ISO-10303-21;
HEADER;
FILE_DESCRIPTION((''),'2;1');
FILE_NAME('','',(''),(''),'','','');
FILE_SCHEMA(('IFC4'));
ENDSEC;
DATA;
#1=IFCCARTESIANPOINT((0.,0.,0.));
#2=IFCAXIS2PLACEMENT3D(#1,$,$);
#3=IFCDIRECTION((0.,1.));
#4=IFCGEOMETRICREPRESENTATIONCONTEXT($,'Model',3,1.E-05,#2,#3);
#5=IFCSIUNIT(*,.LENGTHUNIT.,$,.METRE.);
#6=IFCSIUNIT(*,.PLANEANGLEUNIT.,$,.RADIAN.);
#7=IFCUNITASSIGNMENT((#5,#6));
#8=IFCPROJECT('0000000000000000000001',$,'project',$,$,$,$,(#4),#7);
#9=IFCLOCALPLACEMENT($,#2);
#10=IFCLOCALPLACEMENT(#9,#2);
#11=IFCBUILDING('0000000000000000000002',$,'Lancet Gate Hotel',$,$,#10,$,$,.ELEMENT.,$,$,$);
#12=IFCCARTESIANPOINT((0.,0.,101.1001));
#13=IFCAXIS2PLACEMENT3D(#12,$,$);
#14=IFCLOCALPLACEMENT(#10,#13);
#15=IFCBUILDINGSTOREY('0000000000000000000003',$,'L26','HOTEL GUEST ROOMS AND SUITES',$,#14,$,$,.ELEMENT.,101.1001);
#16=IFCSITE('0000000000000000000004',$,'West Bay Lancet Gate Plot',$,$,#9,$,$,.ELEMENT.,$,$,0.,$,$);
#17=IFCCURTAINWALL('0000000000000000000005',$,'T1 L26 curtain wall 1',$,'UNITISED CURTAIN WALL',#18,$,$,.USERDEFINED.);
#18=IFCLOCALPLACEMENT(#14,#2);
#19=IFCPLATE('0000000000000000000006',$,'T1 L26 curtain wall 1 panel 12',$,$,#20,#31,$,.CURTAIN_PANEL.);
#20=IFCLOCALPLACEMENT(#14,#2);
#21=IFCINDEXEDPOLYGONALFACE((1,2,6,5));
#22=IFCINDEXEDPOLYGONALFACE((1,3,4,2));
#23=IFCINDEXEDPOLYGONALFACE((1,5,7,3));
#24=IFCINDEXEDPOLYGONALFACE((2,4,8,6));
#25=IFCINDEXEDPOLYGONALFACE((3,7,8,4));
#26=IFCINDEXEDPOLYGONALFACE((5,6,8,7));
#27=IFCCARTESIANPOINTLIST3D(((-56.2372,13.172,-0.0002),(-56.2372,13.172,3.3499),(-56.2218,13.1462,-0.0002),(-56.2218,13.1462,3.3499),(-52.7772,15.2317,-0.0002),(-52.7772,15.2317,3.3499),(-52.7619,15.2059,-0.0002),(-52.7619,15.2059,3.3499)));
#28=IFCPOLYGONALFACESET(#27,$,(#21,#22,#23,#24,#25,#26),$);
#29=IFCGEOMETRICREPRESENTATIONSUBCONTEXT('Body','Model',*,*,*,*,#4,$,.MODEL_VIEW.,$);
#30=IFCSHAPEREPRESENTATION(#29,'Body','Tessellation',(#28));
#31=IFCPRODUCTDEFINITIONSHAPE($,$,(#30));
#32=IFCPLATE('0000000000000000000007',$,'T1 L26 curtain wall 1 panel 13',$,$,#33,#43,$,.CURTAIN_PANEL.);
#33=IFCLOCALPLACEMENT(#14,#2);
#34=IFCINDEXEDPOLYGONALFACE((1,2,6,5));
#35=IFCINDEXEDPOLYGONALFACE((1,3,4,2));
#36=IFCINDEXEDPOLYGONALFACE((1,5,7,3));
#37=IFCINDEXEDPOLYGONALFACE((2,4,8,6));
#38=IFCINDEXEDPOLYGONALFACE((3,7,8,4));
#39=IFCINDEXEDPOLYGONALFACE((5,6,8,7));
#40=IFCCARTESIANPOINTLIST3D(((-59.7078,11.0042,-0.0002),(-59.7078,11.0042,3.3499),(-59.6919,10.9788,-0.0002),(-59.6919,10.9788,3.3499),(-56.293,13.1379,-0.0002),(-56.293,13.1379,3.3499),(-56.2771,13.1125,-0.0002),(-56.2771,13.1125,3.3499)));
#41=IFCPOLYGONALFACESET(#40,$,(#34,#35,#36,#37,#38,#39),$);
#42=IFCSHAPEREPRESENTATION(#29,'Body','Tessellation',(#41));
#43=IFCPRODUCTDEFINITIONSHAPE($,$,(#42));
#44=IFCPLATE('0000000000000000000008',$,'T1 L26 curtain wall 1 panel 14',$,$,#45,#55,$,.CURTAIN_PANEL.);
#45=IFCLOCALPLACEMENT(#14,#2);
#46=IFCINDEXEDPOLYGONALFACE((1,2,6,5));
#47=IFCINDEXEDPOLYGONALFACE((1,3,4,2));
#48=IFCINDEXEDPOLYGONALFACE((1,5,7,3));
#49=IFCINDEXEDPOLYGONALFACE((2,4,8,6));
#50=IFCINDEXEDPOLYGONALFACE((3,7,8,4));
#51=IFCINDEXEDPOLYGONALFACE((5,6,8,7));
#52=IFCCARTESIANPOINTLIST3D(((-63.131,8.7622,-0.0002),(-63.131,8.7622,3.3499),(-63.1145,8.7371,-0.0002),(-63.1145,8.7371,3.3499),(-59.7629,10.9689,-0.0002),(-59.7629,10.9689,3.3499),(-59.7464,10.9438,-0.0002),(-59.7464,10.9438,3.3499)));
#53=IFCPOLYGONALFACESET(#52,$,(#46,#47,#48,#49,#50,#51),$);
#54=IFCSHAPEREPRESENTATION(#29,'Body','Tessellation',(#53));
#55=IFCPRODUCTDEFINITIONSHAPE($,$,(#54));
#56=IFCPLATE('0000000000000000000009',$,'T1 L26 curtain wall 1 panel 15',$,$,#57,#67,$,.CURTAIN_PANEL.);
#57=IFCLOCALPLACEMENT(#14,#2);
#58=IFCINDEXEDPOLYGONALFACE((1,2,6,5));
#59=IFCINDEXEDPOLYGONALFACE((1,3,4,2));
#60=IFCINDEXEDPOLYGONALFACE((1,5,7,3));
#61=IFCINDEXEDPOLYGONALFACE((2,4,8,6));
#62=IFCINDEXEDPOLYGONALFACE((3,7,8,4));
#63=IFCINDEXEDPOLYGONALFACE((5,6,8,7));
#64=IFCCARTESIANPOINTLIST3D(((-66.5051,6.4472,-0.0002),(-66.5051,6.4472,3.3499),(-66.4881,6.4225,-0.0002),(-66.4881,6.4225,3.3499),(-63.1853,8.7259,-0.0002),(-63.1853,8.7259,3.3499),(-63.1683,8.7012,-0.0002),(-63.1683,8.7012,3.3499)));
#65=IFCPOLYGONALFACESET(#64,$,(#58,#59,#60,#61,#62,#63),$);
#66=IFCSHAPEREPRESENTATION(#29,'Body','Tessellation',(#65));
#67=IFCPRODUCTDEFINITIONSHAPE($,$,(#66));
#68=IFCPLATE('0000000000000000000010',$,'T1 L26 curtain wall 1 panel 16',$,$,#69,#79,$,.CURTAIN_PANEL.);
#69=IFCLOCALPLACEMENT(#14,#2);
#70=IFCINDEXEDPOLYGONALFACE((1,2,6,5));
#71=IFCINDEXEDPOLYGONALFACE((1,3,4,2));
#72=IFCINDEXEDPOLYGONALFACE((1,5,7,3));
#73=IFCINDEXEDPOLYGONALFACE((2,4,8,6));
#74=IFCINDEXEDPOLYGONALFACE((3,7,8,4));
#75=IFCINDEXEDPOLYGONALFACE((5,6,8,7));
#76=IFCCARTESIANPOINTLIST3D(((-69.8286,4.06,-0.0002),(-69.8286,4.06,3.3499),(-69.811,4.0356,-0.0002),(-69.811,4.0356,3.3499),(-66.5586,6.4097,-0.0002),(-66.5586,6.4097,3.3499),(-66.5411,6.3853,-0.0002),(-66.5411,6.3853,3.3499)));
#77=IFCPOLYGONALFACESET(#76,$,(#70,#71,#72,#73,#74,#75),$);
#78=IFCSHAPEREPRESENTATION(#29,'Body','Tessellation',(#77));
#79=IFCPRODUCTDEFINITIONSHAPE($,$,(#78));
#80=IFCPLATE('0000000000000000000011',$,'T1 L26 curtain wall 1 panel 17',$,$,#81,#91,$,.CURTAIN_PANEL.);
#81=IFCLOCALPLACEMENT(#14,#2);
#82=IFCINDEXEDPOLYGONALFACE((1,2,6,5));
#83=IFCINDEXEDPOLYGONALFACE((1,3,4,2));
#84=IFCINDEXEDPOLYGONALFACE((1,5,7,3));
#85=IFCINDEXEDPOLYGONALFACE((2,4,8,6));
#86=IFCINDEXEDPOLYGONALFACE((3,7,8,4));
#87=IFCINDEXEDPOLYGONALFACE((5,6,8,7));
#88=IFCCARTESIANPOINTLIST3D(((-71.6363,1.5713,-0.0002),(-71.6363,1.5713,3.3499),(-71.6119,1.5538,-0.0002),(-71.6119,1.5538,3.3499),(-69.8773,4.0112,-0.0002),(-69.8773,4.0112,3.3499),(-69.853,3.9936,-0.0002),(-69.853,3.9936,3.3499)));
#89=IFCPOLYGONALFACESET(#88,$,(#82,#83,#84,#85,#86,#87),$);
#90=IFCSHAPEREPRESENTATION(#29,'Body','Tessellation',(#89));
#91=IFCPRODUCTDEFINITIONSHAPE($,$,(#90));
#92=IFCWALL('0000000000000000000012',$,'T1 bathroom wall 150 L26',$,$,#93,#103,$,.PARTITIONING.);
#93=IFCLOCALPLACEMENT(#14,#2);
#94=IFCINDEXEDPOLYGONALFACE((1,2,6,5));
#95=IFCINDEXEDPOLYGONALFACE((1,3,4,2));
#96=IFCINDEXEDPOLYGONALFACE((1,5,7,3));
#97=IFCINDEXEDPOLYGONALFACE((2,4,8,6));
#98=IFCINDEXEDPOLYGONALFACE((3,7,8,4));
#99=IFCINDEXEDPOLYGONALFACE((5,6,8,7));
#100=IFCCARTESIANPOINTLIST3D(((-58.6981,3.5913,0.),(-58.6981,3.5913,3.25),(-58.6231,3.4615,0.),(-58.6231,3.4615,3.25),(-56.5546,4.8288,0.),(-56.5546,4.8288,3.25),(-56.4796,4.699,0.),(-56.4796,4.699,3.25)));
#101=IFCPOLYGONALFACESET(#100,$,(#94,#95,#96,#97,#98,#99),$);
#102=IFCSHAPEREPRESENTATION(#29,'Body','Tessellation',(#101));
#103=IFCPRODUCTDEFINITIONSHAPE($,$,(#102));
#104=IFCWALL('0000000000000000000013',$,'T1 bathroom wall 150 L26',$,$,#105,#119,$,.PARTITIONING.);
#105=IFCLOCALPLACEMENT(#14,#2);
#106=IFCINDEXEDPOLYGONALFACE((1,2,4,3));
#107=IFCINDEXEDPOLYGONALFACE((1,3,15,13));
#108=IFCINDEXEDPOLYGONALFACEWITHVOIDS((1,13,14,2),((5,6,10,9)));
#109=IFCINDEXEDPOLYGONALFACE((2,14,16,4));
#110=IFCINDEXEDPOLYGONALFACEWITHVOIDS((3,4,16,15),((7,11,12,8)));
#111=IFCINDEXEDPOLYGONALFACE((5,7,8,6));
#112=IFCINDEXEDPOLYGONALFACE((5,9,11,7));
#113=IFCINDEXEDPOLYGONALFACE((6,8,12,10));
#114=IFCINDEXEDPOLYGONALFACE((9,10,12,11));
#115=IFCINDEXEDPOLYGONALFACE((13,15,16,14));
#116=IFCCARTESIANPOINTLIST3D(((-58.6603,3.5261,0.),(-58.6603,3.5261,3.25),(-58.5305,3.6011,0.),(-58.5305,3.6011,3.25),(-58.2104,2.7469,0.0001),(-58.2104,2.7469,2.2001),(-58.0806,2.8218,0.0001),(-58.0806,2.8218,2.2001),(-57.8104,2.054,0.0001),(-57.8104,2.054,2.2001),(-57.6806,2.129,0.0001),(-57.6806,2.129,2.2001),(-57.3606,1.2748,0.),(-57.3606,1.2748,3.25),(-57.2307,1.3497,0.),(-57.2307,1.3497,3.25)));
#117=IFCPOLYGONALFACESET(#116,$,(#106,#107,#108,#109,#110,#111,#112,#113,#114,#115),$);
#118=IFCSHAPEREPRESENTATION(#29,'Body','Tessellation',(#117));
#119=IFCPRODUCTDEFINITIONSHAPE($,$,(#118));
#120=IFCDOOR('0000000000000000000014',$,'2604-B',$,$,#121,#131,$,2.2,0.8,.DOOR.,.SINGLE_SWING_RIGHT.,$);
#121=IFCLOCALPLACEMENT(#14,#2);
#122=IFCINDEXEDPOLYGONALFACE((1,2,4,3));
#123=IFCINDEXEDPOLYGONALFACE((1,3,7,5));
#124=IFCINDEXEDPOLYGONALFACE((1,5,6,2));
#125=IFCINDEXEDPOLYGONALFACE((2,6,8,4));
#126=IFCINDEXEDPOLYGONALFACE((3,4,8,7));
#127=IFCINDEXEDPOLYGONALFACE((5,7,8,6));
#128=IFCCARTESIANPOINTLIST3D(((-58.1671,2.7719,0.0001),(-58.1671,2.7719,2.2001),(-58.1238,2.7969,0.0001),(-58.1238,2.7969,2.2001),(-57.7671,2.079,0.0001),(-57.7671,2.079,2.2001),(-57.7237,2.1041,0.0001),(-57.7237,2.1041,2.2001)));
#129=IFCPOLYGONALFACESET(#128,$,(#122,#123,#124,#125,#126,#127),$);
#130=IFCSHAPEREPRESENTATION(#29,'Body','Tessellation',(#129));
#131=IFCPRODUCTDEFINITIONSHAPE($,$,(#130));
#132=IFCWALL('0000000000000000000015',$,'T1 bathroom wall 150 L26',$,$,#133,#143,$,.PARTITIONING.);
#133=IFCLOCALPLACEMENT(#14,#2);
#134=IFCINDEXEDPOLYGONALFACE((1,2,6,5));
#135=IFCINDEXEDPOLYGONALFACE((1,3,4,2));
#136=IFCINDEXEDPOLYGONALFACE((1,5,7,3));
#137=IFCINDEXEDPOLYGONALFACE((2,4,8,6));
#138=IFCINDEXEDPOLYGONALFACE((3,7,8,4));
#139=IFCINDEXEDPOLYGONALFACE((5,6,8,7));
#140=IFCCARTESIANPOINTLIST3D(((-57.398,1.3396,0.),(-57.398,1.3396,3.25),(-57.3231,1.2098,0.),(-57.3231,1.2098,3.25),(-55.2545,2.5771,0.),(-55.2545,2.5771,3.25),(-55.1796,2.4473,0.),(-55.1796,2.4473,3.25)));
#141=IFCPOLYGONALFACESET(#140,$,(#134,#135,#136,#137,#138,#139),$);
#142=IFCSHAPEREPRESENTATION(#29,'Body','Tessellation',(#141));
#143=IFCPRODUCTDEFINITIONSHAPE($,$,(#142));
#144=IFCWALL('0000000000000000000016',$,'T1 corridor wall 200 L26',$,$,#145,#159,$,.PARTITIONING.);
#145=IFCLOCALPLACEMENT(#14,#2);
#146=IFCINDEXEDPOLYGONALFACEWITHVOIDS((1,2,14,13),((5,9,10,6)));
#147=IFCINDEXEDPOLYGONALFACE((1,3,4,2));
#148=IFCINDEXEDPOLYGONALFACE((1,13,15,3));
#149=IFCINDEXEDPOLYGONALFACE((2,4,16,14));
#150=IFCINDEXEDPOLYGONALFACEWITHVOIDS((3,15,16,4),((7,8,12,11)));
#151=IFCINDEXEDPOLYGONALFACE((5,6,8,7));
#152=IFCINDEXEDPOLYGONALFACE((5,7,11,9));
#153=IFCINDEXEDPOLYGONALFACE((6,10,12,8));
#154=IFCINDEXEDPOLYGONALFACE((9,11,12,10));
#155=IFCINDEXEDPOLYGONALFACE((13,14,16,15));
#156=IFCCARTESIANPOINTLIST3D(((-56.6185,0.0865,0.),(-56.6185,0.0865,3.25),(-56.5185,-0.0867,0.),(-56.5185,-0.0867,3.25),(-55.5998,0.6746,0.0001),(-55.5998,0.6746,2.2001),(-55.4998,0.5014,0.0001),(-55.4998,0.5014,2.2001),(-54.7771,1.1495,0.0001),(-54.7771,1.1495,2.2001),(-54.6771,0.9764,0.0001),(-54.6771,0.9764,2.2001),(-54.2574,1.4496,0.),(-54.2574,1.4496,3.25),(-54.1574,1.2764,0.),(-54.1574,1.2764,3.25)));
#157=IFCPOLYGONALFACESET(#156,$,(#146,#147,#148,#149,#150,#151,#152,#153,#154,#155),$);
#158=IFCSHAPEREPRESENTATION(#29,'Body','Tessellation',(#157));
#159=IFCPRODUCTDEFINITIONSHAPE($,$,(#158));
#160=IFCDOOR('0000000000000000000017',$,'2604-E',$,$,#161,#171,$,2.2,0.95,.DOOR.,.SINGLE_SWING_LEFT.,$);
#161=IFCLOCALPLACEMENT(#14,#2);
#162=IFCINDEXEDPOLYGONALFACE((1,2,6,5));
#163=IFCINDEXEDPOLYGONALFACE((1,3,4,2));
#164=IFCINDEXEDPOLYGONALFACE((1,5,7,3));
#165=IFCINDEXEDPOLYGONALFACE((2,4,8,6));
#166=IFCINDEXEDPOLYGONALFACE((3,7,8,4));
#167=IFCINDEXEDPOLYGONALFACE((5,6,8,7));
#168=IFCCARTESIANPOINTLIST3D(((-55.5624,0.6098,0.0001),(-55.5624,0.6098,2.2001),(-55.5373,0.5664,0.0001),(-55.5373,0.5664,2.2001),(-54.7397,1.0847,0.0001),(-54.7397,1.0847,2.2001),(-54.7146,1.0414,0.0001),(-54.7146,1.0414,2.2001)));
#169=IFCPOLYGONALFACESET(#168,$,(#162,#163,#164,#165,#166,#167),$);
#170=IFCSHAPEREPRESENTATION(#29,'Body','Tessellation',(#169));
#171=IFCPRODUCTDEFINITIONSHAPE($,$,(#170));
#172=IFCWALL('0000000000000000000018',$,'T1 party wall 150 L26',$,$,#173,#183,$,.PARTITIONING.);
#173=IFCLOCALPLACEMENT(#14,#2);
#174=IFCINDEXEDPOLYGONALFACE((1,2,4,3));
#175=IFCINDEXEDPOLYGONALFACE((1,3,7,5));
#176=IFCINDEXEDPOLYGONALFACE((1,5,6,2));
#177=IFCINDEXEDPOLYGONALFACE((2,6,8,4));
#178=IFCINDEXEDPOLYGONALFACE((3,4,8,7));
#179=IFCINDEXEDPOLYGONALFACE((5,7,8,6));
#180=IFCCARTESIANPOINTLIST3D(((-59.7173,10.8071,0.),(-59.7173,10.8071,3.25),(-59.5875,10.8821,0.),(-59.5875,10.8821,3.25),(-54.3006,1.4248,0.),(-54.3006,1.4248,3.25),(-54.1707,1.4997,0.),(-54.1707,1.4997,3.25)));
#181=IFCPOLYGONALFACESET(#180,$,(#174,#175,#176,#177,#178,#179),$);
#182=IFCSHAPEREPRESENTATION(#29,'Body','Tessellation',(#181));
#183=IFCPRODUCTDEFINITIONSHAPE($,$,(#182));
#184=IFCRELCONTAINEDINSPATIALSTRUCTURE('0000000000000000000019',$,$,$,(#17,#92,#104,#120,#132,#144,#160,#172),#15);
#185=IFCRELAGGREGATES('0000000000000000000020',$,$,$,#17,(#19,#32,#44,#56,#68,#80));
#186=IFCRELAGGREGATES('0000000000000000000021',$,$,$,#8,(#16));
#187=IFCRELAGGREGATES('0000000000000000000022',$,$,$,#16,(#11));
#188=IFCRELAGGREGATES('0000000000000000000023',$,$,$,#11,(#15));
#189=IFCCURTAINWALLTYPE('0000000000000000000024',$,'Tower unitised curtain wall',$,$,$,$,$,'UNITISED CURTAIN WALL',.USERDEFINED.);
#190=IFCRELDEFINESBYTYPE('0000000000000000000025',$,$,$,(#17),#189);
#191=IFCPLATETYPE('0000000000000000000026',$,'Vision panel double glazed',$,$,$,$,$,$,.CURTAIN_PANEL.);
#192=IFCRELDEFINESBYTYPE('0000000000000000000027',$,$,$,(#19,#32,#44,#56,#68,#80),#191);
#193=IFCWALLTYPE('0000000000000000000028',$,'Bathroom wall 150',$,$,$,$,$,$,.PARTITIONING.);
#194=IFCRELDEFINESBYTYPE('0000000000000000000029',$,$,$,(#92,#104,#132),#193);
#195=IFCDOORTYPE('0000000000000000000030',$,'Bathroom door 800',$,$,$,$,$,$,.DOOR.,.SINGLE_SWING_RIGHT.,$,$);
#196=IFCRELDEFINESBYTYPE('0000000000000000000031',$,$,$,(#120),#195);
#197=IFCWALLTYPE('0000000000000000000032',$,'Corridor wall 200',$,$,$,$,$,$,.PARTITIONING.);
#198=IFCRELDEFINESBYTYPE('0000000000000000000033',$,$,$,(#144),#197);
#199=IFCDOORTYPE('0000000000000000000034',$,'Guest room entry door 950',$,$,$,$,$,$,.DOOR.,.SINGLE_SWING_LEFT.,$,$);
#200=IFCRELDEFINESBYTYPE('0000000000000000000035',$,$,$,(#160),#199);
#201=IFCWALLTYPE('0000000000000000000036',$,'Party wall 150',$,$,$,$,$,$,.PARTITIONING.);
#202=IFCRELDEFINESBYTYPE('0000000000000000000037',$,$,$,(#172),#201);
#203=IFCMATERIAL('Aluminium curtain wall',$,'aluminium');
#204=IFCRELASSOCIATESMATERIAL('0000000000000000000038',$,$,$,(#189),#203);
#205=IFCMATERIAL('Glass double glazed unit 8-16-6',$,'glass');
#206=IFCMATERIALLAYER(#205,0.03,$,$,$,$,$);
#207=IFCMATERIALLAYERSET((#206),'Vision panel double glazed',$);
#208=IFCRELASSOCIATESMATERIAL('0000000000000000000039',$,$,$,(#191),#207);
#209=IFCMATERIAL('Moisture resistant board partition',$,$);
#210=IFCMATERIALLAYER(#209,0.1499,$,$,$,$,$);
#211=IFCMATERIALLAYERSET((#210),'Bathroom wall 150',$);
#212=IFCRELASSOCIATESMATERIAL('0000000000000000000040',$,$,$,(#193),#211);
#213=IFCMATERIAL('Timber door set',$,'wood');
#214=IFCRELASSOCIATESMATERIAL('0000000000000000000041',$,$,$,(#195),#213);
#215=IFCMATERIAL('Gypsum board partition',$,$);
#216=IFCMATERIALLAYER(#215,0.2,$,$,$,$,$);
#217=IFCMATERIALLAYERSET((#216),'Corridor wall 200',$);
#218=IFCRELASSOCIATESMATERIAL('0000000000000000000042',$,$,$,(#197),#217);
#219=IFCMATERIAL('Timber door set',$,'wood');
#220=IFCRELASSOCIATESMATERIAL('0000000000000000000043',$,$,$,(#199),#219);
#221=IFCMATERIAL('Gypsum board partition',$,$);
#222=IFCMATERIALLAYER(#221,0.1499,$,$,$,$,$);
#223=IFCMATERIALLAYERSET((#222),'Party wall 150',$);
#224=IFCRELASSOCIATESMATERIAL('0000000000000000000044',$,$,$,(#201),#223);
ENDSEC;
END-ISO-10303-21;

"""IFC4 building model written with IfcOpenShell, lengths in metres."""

from ifc_helpers import new_model, si_unit, direction, frame, frame_2d, origin, origin_2d, place, context, subcontext, project, spatial, rectangle, extrude, material, layer, layer_set, type_object, element, fill, aggregate, save


model = new_model("IFC4")

# Units and contexts
model_context = context("Model", 3, precision=1e-05, world=origin(), true_north=direction((0.0, 1.0)))
body_context = subcontext(model_context, "Body", "Model", "MODEL_VIEW")
ifc_project = project(units=[si_unit("LENGTHUNIT", "METRE"), si_unit("PLANEANGLEUNIT", "RADIAN")], contexts=[model_context])

# Site, building, storey
site_placement = place(None, origin())
site = spatial("IfcSite", under=ifc_project, at=site_placement, Name="West Bay Lancet Gate Plot", CompositionType="ELEMENT", RefElevation=0.0)
building_placement = place(site_placement, origin())
building = spatial("IfcBuilding", under=site, at=building_placement, Name="Lancet Gate Hotel", CompositionType="ELEMENT")
storey_placement = place(building_placement, frame((0.0, 0.0, 101.1001)))
storey = spatial("IfcBuildingStorey", under=building, at=storey_placement, Name="L26", Description="HOTEL GUEST ROOMS AND SUITES", CompositionType="ELEMENT", Elevation=101.1001)

# Curtain wall
ifc_material_1 = material(Name="Aluminium curtain wall", Category="aluminium")
curtain_wall_type = type_object("IfcCurtainWallType", Name="Tower unitised curtain wall", ElementType="UNITISED CURTAIN WALL", PredefinedType="USERDEFINED", material=ifc_material_1)
curtain_wall_placement = place(storey_placement, origin())
curtain_wall = element("IfcCurtainWall", 1, at=curtain_wall_placement, inside=storey, type_object=curtain_wall_type, Name="T1 L26 curtain wall 1", ObjectType="UNITISED CURTAIN WALL", PredefinedType="USERDEFINED")

# Plates
ifc_material_2 = material(Name="Glass double glazed unit 8-16-6", Category="glass")
ifc_layer_1 = layer(ifc_material_2, 0.03)
ifc_layer_set_1 = layer_set([ifc_layer_1], Name="Vision panel double glazed")
plate_type = type_object("IfcPlateType", Name="Vision panel double glazed", PredefinedType="CURTAIN_PANEL", material=ifc_layer_set_1)
plate_1_placement = place(storey_placement, frame((-54.4995, 14.189, -0.0002), z_axis=(0.0, 0.0, 1.0), x_axis=(-0.859271, -0.51152, 0.0)))
plate_1 = element("IfcPlate", 2, at=plate_1_placement, type_object=plate_type, Name="T1 L26 curtain wall 1 panel 12", PredefinedType="CURTAIN_PANEL", context=body_context, shape_type="SweptSolid", body=[
    extrude(rectangle(XDim=4.0266, YDim=0.03, at=origin_2d()), origin(), (0.0, 0.0, 1.0), 3.3501),
])
plate_2_placement = place(storey_placement, frame((-57.9924, 12.0583, -0.0002), z_axis=(0.0, 0.0, 1.0), x_axis=(-0.848061, -0.529899, 0.0)))
plate_2 = element("IfcPlate", 3, at=plate_2_placement, type_object=plate_type, Name="T1 L26 curtain wall 1 panel 13", PredefinedType="CURTAIN_PANEL", context=body_context, shape_type="SweptSolid", body=[
    extrude(rectangle(XDim=4.0266, YDim=0.03, at=origin_2d()), origin(), (0.0, 0.0, 1.0), 3.3501),
])
plate_3_placement = place(storey_placement, frame((-61.4387, 9.853, -0.0002), z_axis=(0.0, 0.0, 1.0), x_axis=(-0.836458, -0.548032, 0.0)))
plate_3 = element("IfcPlate", 4, at=plate_3_placement, type_object=plate_type, Name="T1 L26 curtain wall 1 panel 14", PredefinedType="CURTAIN_PANEL", context=body_context, shape_type="SweptSolid", body=[
    extrude(rectangle(XDim=4.0266, YDim=0.03, at=origin_2d()), origin(), (0.0, 0.0, 1.0), 3.3501),
])
plate_4_placement = place(storey_placement, frame((-64.8367, 7.5742, -0.0002), z_axis=(0.0, 0.0, 1.0), x_axis=(-0.824466, -0.565911, 0.0)))
plate_4 = element("IfcPlate", 5, at=plate_4_placement, type_object=plate_type, Name="T1 L26 curtain wall 1 panel 15", PredefinedType="CURTAIN_PANEL", context=body_context, shape_type="SweptSolid", body=[
    extrude(rectangle(XDim=4.0266, YDim=0.03, at=origin_2d()), origin(), (0.0, 0.0, 1.0), 3.3501),
])
plate_5_placement = place(storey_placement, frame((-68.1848, 5.2227, -0.0002), z_axis=(0.0, 0.0, 1.0), x_axis=(-0.812093, -0.583528, 0.0)))
plate_5 = element("IfcPlate", 6, at=plate_5_placement, type_object=plate_type, Name="T1 L26 curtain wall 1 panel 16", PredefinedType="CURTAIN_PANEL", context=body_context, shape_type="SweptSolid", body=[
    extrude(rectangle(XDim=4.0266, YDim=0.03, at=origin_2d()), origin(), (0.0, 0.0, 1.0), 3.3501),
])
plate_6_placement = place(storey_placement, frame((-70.7446, 2.7825, -0.0002), z_axis=(0.0, 0.0, 1.0), x_axis=(-0.584809, -0.811171, 0.0)))
plate_6 = element("IfcPlate", 7, at=plate_6_placement, type_object=plate_type, Name="T1 L26 curtain wall 1 panel 17", PredefinedType="CURTAIN_PANEL", context=body_context, shape_type="SweptSolid", body=[
    extrude(rectangle(XDim=3.0078, YDim=0.03, at=origin_2d()), origin(), (0.0, 0.0, 1.0), 3.3501),
])
aggregate(curtain_wall, [plate_1, plate_2, plate_3, plate_4, plate_5, plate_6])

# Wall
ifc_material_3 = material(Name="Moisture resistant board partition")
ifc_layer_2 = layer(ifc_material_3, 0.1499)
ifc_layer_set_2 = layer_set([ifc_layer_2], Name="Bathroom wall 150")
wall_type_1 = type_object("IfcWallType", Name="Bathroom wall 150", PredefinedType="PARTITIONING", material=ifc_layer_set_2)
wall_1_placement = place(storey_placement, frame((-56.5171, 4.7639, 0.0), z_axis=(0.0, 0.0, 1.0), x_axis=(-0.866031, -0.49999, 0.0)))
element("IfcWall", 8, at=wall_1_placement, inside=storey, type_object=wall_type_1, Name="T1 bathroom wall 150 L26", PredefinedType="PARTITIONING", context=body_context, shape_type="SweptSolid", body=[
    extrude(rectangle(XDim=2.4751, YDim=0.1499, at=frame_2d((1.2375, 0.0))), origin(), (0.0, 0.0, 1.0), 3.25),
])

# Wall, opening, door
wall_2_placement = place(storey_placement, frame((-57.2957, 1.3123, 0.0), z_axis=(0.0, 0.0, 1.0), x_axis=(-0.499977, 0.866039, 0.0)))
wall_2 = element("IfcWall", 9, at=wall_2_placement, inside=storey, type_object=wall_type_1, Name="T1 bathroom wall 150 L26", PredefinedType="PARTITIONING", context=body_context, shape_type="SweptSolid", body=[
    extrude(rectangle(XDim=2.5996, YDim=0.1499, at=frame_2d((1.2998, 0.0))), origin(), (0.0, 0.0, 1.0), 3.25),
])
opening_1_placement = place(wall_2_placement, frame((0.8999, 0.0, 0.0)))
opening_1 = element("IfcOpeningElement", 10, at=opening_1_placement, cuts=wall_2, PredefinedType="OPENING", context=body_context, shape_type="SweptSolid", body=[
    extrude(rectangle(XDim=0.8, YDim=2.2, at=frame_2d((0.3999, 1.1001))), frame((0.0, 0.085, 0.0), z_axis=(0.0, -1.0, 0.0), x_axis=(1.0, 0.0, 0.0)), (0.0, 0.0, 1.0), 0.1699),
])
ifc_material_4 = material(Name="Timber door set", Category="wood")
door_type_1 = type_object("IfcDoorType", Name="Bathroom door 800", OperationType="SINGLE_SWING_RIGHT", PredefinedType="DOOR", material=ifc_material_4)
door_1_placement = place(opening_1_placement, origin())
door_1 = element("IfcDoor", 11, at=door_1_placement, inside=storey, type_object=door_type_1, Name="2604-B", OperationType="SINGLE_SWING_RIGHT", OverallHeight=2.2, OverallWidth=0.8, PredefinedType="DOOR", context=body_context, shape_type="SweptSolid", body=[
    extrude(rectangle(XDim=0.8, YDim=2.2, at=frame_2d((0.3999, 1.1001))), frame((0.0, 0.0249, 0.0), z_axis=(0.0, -1.0, 0.0), x_axis=(1.0, 0.0, 0.0)), (0.0, 0.0, 1.0), 0.05),
])
fill(opening_1, door_1)

# Wall
wall_3_placement = place(storey_placement, frame((-55.217, 2.5122, 0.0), z_axis=(0.0, 0.0, 1.0), x_axis=(-0.866031, -0.49999, 0.0)))
element("IfcWall", 12, at=wall_3_placement, inside=storey, type_object=wall_type_1, Name="T1 bathroom wall 150 L26", PredefinedType="PARTITIONING", context=body_context, shape_type="SweptSolid", body=[
    extrude(rectangle(XDim=2.4751, YDim=0.1499, at=frame_2d((1.2375, 0.0))), origin(), (0.0, 0.0, 1.0), 3.25),
])

# Wall, opening, door
ifc_material_5 = material(Name="Gypsum board partition")
ifc_layer_3 = layer(ifc_material_5, 0.2)
ifc_layer_set_3 = layer_set([ifc_layer_3], Name="Corridor wall 200")
wall_type_2 = type_object("IfcWallType", Name="Corridor wall 200", PredefinedType="PARTITIONING", material=ifc_layer_set_3)
wall_4_placement = place(storey_placement, frame((-54.2073, 1.363, 0.0), z_axis=(0.0, 0.0, 1.0), x_axis=(-0.866047, -0.499963, 0.0)))
wall_4 = element("IfcWall", 13, at=wall_4_placement, inside=storey, type_object=wall_type_2, Name="T1 corridor wall 200 L26", PredefinedType="PARTITIONING", context=body_context, shape_type="SweptSolid", body=[
    extrude(rectangle(XDim=2.7263, YDim=0.2, at=frame_2d((1.3633, 0.0))), origin(), (0.0, 0.0, 1.0), 3.25),
])
opening_2_placement = place(wall_4_placement, frame((0.6001, 0.0, 0.0)))
opening_2 = element("IfcOpeningElement", 14, at=opening_2_placement, cuts=wall_4, PredefinedType="OPENING", context=body_context, shape_type="SweptSolid", body=[
    extrude(rectangle(XDim=0.95, YDim=2.2, at=frame_2d((0.4751, 1.1001))), frame((0.0, 0.1099, 0.0), z_axis=(0.0, -1.0, 0.0), x_axis=(1.0, 0.0, 0.0)), (0.0, 0.0, 1.0), 0.22),
])
ifc_material_6 = material(Name="Timber door set", Category="wood")
door_type_2 = type_object("IfcDoorType", Name="Guest room entry door 950", OperationType="SINGLE_SWING_LEFT", PredefinedType="DOOR", material=ifc_material_6)
door_2_placement = place(opening_2_placement, origin())
door_2 = element("IfcDoor", 15, at=door_2_placement, inside=storey, type_object=door_type_2, Name="2604-E", OperationType="SINGLE_SWING_LEFT", OverallHeight=2.2, OverallWidth=0.95, PredefinedType="DOOR", context=body_context, shape_type="SweptSolid", body=[
    extrude(rectangle(XDim=0.95, YDim=2.2, at=frame_2d((0.4751, 1.1001))), frame((0.0, 0.0249, 0.0), z_axis=(0.0, -1.0, 0.0), x_axis=(1.0, 0.0, 0.0)), (0.0, 0.0, 1.0), 0.05),
])
fill(opening_2, door_2)

# Wall
ifc_material_7 = material(Name="Gypsum board partition")
ifc_layer_4 = layer(ifc_material_7, 0.1499)
ifc_layer_set_4 = layer_set([ifc_layer_4], Name="Party wall 150")
wall_type_3 = type_object("IfcWallType", Name="Party wall 150", PredefinedType="PARTITIONING", material=ifc_layer_set_4)
wall_5_placement = place(storey_placement, frame((-54.2356, 1.4622, 0.0), z_axis=(0.0, 0.0, 1.0), x_axis=(-0.49999, 0.866031, 0.0)))
element("IfcWall", 16, at=wall_5_placement, inside=storey, type_object=wall_type_3, Name="T1 party wall 150 L26", PredefinedType="PARTITIONING", context=body_context, shape_type="SweptSolid", body=[
    extrude(rectangle(XDim=10.8337, YDim=0.1499, at=frame_2d((5.417, 0.0))), origin(), (0.0, 0.0, 1.0), 3.25),
])

save(model, "model.ifc")
